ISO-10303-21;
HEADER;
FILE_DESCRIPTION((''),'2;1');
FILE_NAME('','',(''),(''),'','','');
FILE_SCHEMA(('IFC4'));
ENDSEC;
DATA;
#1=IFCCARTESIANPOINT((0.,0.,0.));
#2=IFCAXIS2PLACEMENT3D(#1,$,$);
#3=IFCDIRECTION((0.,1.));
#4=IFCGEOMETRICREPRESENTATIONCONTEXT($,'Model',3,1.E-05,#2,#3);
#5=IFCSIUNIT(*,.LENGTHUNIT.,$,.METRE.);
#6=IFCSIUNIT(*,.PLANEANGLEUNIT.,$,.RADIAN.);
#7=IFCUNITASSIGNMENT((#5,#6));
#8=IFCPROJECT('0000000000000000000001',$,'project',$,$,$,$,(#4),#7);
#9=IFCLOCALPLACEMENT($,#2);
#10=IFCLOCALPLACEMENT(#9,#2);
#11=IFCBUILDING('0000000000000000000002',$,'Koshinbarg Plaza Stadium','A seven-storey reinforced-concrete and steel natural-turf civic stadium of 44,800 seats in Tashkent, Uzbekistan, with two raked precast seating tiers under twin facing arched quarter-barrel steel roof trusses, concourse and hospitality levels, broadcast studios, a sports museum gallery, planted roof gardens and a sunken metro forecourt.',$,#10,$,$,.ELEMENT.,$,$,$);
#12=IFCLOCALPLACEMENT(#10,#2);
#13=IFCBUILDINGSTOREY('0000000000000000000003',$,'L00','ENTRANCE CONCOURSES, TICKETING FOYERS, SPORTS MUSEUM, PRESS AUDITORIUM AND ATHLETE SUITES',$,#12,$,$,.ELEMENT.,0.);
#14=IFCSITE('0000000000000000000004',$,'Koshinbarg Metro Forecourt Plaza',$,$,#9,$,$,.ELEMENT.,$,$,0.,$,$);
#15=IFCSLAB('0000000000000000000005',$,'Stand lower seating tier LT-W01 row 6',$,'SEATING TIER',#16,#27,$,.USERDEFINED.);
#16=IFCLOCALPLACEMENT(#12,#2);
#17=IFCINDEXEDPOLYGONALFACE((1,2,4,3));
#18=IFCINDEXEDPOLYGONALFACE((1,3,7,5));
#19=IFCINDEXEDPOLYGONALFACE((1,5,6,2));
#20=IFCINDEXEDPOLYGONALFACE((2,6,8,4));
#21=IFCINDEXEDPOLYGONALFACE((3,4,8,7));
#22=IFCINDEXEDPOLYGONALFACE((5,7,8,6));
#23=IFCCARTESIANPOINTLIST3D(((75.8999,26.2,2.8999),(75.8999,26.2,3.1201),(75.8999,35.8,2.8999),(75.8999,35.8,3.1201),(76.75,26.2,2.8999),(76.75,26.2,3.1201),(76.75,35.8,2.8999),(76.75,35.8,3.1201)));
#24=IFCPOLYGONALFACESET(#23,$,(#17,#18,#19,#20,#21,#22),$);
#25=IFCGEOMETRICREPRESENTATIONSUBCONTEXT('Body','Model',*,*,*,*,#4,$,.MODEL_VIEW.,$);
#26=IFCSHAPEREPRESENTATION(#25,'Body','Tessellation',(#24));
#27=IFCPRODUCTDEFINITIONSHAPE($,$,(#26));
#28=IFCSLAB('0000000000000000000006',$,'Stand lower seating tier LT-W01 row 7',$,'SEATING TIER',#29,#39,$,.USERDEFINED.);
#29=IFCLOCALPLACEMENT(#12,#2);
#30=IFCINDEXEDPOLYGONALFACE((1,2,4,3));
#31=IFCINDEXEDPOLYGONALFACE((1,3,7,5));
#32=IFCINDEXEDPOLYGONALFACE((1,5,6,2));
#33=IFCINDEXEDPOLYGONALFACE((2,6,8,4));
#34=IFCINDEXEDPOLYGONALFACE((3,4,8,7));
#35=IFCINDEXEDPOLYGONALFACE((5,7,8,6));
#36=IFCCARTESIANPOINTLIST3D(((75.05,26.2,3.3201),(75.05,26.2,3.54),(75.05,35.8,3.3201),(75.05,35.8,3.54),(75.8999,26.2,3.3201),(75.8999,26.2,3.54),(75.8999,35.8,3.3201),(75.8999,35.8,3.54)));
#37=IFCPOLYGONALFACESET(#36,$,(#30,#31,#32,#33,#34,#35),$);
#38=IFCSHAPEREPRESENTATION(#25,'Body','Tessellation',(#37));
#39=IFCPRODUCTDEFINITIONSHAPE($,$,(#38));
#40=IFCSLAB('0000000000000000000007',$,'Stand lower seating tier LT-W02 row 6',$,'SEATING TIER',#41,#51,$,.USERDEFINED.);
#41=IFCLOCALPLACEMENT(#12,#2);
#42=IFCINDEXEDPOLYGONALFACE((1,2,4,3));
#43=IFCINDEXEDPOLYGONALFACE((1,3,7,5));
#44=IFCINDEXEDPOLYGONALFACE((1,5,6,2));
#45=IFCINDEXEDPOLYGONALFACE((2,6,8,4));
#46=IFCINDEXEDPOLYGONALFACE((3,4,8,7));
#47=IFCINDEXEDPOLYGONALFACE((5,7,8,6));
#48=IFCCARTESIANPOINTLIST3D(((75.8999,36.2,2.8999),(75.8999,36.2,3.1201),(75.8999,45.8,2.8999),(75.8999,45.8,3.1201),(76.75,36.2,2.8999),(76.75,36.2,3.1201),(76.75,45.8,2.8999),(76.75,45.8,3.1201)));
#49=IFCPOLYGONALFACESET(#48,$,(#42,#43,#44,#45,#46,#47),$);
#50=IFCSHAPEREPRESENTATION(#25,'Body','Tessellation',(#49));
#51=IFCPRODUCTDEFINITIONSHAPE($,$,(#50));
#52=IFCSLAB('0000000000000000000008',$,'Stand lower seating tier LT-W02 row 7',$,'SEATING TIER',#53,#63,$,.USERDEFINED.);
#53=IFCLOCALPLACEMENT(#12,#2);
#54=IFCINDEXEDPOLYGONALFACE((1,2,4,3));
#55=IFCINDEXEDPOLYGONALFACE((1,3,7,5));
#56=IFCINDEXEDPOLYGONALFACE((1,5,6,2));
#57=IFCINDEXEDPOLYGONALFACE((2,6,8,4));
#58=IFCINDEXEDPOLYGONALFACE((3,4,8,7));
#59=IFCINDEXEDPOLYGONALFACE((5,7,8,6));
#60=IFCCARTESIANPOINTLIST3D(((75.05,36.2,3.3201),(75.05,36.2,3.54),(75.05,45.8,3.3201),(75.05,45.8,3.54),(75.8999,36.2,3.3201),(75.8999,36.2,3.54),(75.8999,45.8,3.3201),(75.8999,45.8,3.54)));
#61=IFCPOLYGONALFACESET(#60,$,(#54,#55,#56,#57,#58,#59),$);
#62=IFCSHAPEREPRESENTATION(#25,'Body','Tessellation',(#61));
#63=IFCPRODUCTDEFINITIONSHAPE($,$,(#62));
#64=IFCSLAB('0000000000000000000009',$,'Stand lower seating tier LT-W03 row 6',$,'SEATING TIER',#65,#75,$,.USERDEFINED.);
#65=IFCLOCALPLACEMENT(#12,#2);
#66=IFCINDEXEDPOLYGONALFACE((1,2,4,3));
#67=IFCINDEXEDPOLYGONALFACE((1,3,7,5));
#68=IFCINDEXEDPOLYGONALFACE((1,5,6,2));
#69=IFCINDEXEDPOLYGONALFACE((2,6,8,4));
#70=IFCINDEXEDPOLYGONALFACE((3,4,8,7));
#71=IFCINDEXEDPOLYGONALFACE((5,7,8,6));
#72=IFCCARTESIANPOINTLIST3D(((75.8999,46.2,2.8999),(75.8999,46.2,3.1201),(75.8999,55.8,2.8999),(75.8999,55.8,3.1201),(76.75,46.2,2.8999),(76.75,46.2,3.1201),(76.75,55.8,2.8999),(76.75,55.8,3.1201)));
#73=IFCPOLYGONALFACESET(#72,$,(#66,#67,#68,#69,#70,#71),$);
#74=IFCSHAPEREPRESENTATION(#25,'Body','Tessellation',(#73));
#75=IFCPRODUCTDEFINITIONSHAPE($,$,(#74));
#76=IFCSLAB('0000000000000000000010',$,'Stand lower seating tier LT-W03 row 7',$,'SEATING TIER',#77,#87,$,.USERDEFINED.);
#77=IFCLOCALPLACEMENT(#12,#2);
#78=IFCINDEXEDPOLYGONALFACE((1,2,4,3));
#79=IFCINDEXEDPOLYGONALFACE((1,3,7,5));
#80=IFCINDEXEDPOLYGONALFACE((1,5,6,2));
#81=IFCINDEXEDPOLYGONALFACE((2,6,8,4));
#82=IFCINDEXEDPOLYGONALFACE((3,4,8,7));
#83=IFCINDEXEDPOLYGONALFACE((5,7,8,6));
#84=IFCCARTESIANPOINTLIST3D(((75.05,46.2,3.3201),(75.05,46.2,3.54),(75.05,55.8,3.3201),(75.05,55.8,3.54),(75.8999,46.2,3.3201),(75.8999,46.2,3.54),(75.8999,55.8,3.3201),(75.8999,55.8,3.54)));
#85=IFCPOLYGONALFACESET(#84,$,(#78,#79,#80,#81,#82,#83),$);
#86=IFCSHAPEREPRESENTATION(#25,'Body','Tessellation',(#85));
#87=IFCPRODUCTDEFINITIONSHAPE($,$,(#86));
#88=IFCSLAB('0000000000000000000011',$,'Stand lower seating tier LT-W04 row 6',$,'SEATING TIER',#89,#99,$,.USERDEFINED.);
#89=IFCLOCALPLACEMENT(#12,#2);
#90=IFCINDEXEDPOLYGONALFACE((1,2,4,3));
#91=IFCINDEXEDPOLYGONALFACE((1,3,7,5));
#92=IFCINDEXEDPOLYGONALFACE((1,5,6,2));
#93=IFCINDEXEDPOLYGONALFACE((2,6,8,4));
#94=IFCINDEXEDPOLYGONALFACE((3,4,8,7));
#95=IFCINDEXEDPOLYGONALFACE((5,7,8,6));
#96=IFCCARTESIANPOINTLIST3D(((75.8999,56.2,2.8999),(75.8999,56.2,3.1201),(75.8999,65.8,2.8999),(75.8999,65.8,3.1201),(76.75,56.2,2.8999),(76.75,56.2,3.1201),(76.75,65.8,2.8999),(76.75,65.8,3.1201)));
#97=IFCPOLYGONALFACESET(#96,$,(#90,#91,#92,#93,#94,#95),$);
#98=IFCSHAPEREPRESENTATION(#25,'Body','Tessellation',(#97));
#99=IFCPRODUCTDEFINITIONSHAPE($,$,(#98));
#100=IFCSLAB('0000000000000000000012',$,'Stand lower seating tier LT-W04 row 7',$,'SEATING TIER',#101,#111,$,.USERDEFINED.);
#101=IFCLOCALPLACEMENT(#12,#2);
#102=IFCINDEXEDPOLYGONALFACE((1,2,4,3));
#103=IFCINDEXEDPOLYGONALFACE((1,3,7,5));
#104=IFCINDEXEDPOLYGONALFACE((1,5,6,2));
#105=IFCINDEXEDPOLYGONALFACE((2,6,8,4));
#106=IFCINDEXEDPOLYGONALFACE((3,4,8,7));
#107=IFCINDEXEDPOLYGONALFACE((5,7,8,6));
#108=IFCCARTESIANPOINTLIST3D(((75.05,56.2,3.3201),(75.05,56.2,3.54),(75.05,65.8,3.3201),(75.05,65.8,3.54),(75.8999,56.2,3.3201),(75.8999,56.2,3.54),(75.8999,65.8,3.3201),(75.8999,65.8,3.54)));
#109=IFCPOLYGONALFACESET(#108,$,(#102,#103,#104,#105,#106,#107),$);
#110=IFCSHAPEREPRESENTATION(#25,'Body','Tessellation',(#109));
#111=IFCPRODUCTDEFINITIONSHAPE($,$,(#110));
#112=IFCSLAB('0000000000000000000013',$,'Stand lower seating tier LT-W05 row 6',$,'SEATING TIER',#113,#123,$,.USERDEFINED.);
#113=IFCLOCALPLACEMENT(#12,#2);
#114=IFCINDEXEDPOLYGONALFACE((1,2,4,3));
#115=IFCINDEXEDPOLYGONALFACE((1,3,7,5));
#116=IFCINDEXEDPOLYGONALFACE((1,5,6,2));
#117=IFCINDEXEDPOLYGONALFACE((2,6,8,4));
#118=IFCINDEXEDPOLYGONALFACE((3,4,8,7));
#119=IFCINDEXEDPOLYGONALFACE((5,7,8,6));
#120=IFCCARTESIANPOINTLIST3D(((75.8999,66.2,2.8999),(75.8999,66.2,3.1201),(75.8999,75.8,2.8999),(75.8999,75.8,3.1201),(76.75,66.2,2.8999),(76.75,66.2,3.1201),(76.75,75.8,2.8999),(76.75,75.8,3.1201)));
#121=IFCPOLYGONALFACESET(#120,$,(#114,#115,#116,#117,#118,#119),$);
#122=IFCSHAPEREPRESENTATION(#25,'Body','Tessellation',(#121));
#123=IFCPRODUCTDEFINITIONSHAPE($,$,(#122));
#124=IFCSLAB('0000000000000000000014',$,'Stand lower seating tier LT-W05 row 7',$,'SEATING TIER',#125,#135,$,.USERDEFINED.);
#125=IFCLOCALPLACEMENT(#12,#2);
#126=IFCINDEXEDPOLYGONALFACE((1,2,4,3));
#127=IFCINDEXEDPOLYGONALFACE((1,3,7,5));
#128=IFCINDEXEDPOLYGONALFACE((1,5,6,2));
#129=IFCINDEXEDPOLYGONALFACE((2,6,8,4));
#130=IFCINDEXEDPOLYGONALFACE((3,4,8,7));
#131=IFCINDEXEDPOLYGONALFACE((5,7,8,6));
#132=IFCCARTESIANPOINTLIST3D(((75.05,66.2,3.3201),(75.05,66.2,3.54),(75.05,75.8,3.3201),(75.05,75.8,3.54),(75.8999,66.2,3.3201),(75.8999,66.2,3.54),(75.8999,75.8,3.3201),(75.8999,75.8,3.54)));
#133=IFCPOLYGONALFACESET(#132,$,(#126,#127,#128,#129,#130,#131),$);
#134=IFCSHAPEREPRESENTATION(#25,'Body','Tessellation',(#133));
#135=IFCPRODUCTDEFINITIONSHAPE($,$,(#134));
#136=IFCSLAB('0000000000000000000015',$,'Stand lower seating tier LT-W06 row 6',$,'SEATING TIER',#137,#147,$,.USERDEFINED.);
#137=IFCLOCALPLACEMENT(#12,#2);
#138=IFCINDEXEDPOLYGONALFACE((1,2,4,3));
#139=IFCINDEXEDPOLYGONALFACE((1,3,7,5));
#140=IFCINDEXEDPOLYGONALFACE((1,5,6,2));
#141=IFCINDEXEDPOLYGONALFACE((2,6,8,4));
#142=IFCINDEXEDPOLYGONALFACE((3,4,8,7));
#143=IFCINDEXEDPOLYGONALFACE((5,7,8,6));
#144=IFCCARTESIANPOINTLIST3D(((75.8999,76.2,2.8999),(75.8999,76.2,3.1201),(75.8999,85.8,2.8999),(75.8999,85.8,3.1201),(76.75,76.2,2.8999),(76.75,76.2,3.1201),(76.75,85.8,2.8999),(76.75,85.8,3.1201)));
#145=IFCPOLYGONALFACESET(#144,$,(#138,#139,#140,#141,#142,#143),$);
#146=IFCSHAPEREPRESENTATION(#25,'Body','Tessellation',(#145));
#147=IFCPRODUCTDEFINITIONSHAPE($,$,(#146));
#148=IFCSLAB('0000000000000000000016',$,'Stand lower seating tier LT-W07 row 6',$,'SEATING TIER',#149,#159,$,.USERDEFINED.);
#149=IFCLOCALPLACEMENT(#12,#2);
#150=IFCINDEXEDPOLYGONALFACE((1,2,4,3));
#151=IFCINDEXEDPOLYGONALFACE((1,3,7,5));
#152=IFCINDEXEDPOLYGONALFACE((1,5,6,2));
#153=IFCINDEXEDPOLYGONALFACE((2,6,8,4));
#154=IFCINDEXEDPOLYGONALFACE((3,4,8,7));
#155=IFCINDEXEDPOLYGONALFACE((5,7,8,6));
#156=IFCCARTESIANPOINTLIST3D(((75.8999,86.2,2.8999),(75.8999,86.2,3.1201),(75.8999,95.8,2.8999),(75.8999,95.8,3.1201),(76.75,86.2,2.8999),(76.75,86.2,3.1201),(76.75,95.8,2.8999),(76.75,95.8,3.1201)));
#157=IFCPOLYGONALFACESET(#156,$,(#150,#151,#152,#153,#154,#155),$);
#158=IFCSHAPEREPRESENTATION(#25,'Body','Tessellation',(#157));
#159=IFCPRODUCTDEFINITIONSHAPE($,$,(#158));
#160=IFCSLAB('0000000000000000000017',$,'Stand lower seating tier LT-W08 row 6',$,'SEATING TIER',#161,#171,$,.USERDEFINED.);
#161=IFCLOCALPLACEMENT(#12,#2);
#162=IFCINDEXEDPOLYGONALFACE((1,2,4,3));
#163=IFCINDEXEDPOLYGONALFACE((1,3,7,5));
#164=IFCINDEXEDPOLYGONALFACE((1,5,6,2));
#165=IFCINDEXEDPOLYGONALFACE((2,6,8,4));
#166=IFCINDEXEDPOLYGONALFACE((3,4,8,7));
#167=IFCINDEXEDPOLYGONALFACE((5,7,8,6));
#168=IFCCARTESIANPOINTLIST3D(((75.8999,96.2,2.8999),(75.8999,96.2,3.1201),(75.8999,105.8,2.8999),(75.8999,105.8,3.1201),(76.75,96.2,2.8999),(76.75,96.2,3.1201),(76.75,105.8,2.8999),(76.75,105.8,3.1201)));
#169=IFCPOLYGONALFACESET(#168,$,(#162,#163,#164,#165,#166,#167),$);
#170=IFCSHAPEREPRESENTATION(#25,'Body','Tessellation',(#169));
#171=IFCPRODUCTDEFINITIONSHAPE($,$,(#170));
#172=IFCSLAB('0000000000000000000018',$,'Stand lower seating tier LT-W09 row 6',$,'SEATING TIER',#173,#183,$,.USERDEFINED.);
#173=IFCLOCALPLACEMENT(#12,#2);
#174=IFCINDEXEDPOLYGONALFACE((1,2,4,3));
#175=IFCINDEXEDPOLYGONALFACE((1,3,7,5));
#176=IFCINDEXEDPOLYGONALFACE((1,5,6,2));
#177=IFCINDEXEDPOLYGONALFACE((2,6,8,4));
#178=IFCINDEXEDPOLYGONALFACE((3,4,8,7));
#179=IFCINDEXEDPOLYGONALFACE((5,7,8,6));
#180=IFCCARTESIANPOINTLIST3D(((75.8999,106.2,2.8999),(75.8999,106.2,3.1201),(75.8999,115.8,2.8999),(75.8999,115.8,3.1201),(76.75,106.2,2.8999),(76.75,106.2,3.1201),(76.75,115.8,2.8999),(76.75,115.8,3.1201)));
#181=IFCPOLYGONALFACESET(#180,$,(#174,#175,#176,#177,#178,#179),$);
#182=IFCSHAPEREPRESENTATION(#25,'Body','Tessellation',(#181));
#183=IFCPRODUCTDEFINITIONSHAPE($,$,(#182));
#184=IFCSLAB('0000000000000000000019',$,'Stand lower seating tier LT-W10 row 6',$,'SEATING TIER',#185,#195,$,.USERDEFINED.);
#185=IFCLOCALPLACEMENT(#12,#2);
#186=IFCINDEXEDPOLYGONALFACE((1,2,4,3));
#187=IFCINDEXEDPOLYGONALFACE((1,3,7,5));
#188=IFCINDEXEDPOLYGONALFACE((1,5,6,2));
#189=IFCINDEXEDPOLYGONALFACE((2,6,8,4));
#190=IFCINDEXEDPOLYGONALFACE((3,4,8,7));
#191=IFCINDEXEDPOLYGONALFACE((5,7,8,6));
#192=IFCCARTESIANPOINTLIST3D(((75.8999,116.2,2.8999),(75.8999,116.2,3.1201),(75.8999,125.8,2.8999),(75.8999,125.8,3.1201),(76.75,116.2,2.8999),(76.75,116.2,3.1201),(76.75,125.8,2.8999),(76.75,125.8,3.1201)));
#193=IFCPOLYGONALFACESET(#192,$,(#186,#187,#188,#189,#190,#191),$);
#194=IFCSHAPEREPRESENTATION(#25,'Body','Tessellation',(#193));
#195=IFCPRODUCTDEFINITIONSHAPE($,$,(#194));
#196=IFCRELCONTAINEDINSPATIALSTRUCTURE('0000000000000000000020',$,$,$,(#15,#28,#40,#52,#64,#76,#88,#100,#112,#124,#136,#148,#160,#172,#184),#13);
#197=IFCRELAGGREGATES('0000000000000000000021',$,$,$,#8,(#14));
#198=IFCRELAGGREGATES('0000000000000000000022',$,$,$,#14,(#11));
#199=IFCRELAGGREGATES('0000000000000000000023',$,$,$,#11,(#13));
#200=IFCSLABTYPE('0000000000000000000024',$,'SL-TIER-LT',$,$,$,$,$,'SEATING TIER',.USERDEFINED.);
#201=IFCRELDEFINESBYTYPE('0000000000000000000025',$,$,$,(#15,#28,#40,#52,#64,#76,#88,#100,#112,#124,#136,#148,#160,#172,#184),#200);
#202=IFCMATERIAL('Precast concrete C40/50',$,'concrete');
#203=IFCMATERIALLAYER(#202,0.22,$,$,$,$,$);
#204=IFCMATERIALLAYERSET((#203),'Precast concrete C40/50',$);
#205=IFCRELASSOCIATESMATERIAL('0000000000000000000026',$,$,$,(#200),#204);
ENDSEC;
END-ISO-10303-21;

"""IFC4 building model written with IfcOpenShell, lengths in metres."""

from ifc_helpers import new_model, si_unit, direction, frame, origin, place, context, subcontext, project, spatial, polyline, outline, extrude, material, layer, layer_set, type_object, element, save


model = new_model("IFC4")

# Units and contexts
model_context = context("Model", 3, precision=1e-05, world=origin(), true_north=direction((0.0, 1.0)))
body_context = subcontext(model_context, "Body", "Model", "MODEL_VIEW")
ifc_project = project(units=[si_unit("LENGTHUNIT", "METRE"), si_unit("PLANEANGLEUNIT", "RADIAN")], contexts=[model_context])

# Site, building, storey
site_placement = place(None, origin())
site = spatial("IfcSite", under=ifc_project, at=site_placement, Name="Koshinbarg Metro Forecourt Plaza", CompositionType="ELEMENT", RefElevation=0.0)
building_placement = place(site_placement, origin())
building = spatial("IfcBuilding", under=site, at=building_placement, Name="Koshinbarg Plaza Stadium", Description="A seven-storey reinforced-concrete and steel natural-turf civic stadium of 44,800 seats in Tashkent, Uzbekistan, with two raked precast seating tiers under twin facing arched quarter-barrel steel roof trusses, concourse and hospitality levels, broadcast studios, a sports museum gallery, planted roof gardens and a sunken metro forecourt.", CompositionType="ELEMENT")
storey_placement = place(building_placement, origin())
storey = spatial("IfcBuildingStorey", under=building, at=storey_placement, Name="L00", Description="ENTRANCE CONCOURSES, TICKETING FOYERS, SPORTS MUSEUM, PRESS AUDITORIUM AND ATHLETE SUITES", CompositionType="ELEMENT", Elevation=0.0)

# Slabs
ifc_material = material(Name="Precast concrete C40/50", Category="concrete")
ifc_layer = layer(ifc_material, 0.22)
ifc_layer_set = layer_set([ifc_layer], Name="Precast concrete C40/50")
slab_type = type_object("IfcSlabType", Name="SL-TIER-LT", ElementType="SEATING TIER", PredefinedType="USERDEFINED", material=ifc_layer_set)
slab_1_placement = place(storey_placement, frame((0.0, 0.0, 2.8999)))
element("IfcSlab", 1, at=slab_1_placement, inside=storey, type_object=slab_type, Name="Stand lower seating tier LT-W01 row 6", ObjectType="SEATING TIER", PredefinedType="USERDEFINED", context=body_context, shape_type="SweptSolid", body=[
    extrude(outline(polyline([(75.8999, 26.2), (76.75, 26.2), (76.75, 35.8), (75.8999, 35.8), (75.8999, 26.2)])), origin(), (0.0, 0.0, 1.0), 0.2202),
])
slab_2_placement = place(storey_placement, frame((0.0, 0.0, 3.3201)))
element("IfcSlab", 2, at=slab_2_placement, inside=storey, type_object=slab_type, Name="Stand lower seating tier LT-W01 row 7", ObjectType="SEATING TIER", PredefinedType="USERDEFINED", context=body_context, shape_type="SweptSolid", body=[
    extrude(outline(polyline([(75.05, 26.2), (75.8999, 26.2), (75.8999, 35.8), (75.05, 35.8), (75.05, 26.2)])), origin(), (0.0, 0.0, 1.0), 0.22),
])
slab_3_placement = place(storey_placement, frame((0.0, 0.0, 2.8999)))
element("IfcSlab", 3, at=slab_3_placement, inside=storey, type_object=slab_type, Name="Stand lower seating tier LT-W02 row 6", ObjectType="SEATING TIER", PredefinedType="USERDEFINED", context=body_context, shape_type="SweptSolid", body=[
    extrude(outline(polyline([(75.8999, 36.2), (76.75, 36.2), (76.75, 45.8), (75.8999, 45.8), (75.8999, 36.2)])), origin(), (0.0, 0.0, 1.0), 0.2202),
])
slab_4_placement = place(storey_placement, frame((0.0, 0.0, 3.3201)))
element("IfcSlab", 4, at=slab_4_placement, inside=storey, type_object=slab_type, Name="Stand lower seating tier LT-W02 row 7", ObjectType="SEATING TIER", PredefinedType="USERDEFINED", context=body_context, shape_type="SweptSolid", body=[
    extrude(outline(polyline([(75.05, 36.2), (75.8999, 36.2), (75.8999, 45.8), (75.05, 45.8), (75.05, 36.2)])), origin(), (0.0, 0.0, 1.0), 0.22),
])
slab_5_placement = place(storey_placement, frame((0.0, 0.0, 2.8999)))
element("IfcSlab", 5, at=slab_5_placement, inside=storey, type_object=slab_type, Name="Stand lower seating tier LT-W03 row 6", ObjectType="SEATING TIER", PredefinedType="USERDEFINED", context=body_context, shape_type="SweptSolid", body=[
    extrude(outline(polyline([(75.8999, 46.2), (76.75, 46.2), (76.75, 55.8), (75.8999, 55.8), (75.8999, 46.2)])), origin(), (0.0, 0.0, 1.0), 0.2202),
])
slab_6_placement = place(storey_placement, frame((0.0, 0.0, 3.3201)))
element("IfcSlab", 6, at=slab_6_placement, inside=storey, type_object=slab_type, Name="Stand lower seating tier LT-W03 row 7", ObjectType="SEATING TIER", PredefinedType="USERDEFINED", context=body_context, shape_type="SweptSolid", body=[
    extrude(outline(polyline([(75.05, 46.2), (75.8999, 46.2), (75.8999, 55.8), (75.05, 55.8), (75.05, 46.2)])), origin(), (0.0, 0.0, 1.0), 0.22),
])
slab_7_placement = place(storey_placement, frame((0.0, 0.0, 2.8999)))
element("IfcSlab", 7, at=slab_7_placement, inside=storey, type_object=slab_type, Name="Stand lower seating tier LT-W04 row 6", ObjectType="SEATING TIER", PredefinedType="USERDEFINED", context=body_context, shape_type="SweptSolid", body=[
    extrude(outline(polyline([(75.8999, 56.2), (76.75, 56.2), (76.75, 65.8), (75.8999, 65.8), (75.8999, 56.2)])), origin(), (0.0, 0.0, 1.0), 0.2202),
])
slab_8_placement = place(storey_placement, frame((0.0, 0.0, 3.3201)))
element("IfcSlab", 8, at=slab_8_placement, inside=storey, type_object=slab_type, Name="Stand lower seating tier LT-W04 row 7", ObjectType="SEATING TIER", PredefinedType="USERDEFINED", context=body_context, shape_type="SweptSolid", body=[
    extrude(outline(polyline([(75.05, 56.2), (75.8999, 56.2), (75.8999, 65.8), (75.05, 65.8), (75.05, 56.2)])), origin(), (0.0, 0.0, 1.0), 0.22),
])
slab_9_placement = place(storey_placement, frame((0.0, 0.0, 2.8999)))
element("IfcSlab", 9, at=slab_9_placement, inside=storey, type_object=slab_type, Name="Stand lower seating tier LT-W05 row 6", ObjectType="SEATING TIER", PredefinedType="USERDEFINED", context=body_context, shape_type="SweptSolid", body=[
    extrude(outline(polyline([(75.8999, 66.2), (76.75, 66.2), (76.75, 75.8), (75.8999, 75.8), (75.8999, 66.2)])), origin(), (0.0, 0.0, 1.0), 0.2202),
])
slab_10_placement = place(storey_placement, frame((0.0, 0.0, 3.3201)))
element("IfcSlab", 10, at=slab_10_placement, inside=storey, type_object=slab_type, Name="Stand lower seating tier LT-W05 row 7", ObjectType="SEATING TIER", PredefinedType="USERDEFINED", context=body_context, shape_type="SweptSolid", body=[
    extrude(outline(polyline([(75.05, 66.2), (75.8999, 66.2), (75.8999, 75.8), (75.05, 75.8), (75.05, 66.2)])), origin(), (0.0, 0.0, 1.0), 0.22),
])
slab_11_placement = place(storey_placement, frame((0.0, 0.0, 2.8999)))
element("IfcSlab", 11, at=slab_11_placement, inside=storey, type_object=slab_type, Name="Stand lower seating tier LT-W06 row 6", ObjectType="SEATING TIER", PredefinedType="USERDEFINED", context=body_context, shape_type="SweptSolid", body=[
    extrude(outline(polyline([(75.8999, 76.2), (76.75, 76.2), (76.75, 85.8), (75.8999, 85.8), (75.8999, 76.2)])), origin(), (0.0, 0.0, 1.0), 0.2202),
])
slab_12_placement = place(storey_placement, frame((0.0, 0.0, 2.8999)))
element("IfcSlab", 12, at=slab_12_placement, inside=storey, type_object=slab_type, Name="Stand lower seating tier LT-W07 row 6", ObjectType="SEATING TIER", PredefinedType="USERDEFINED", context=body_context, shape_type="SweptSolid", body=[
    extrude(outline(polyline([(75.8999, 86.2), (76.75, 86.2), (76.75, 95.8), (75.8999, 95.8), (75.8999, 86.2)])), origin(), (0.0, 0.0, 1.0), 0.2202),
])
slab_13_placement = place(storey_placement, frame((0.0, 0.0, 2.8999)))
element("IfcSlab", 13, at=slab_13_placement, inside=storey, type_object=slab_type, Name="Stand lower seating tier LT-W08 row 6", ObjectType="SEATING TIER", PredefinedType="USERDEFINED", context=body_context, shape_type="SweptSolid", body=[
    extrude(outline(polyline([(75.8999, 96.2), (76.75, 96.2), (76.75, 105.8), (75.8999, 105.8), (75.8999, 96.2)])), origin(), (0.0, 0.0, 1.0), 0.2202),
])
slab_14_placement = place(storey_placement, frame((0.0, 0.0, 2.8999)))
element("IfcSlab", 14, at=slab_14_placement, inside=storey, type_object=slab_type, Name="Stand lower seating tier LT-W09 row 6", ObjectType="SEATING TIER", PredefinedType="USERDEFINED", context=body_context, shape_type="SweptSolid", body=[
    extrude(outline(polyline([(75.8999, 106.2), (76.75, 106.2), (76.75, 115.8), (75.8999, 115.8), (75.8999, 106.2)])), origin(), (0.0, 0.0, 1.0), 0.2202),
])
slab_15_placement = place(storey_placement, frame((0.0, 0.0, 2.8999)))
element("IfcSlab", 15, at=slab_15_placement, inside=storey, type_object=slab_type, Name="Stand lower seating tier LT-W10 row 6", ObjectType="SEATING TIER", PredefinedType="USERDEFINED", context=body_context, shape_type="SweptSolid", body=[
    extrude(outline(polyline([(75.8999, 116.2), (76.75, 116.2), (76.75, 125.8), (75.8999, 125.8), (75.8999, 116.2)])), origin(), (0.0, 0.0, 1.0), 0.2202),
])

save(model, "model.ifc")
